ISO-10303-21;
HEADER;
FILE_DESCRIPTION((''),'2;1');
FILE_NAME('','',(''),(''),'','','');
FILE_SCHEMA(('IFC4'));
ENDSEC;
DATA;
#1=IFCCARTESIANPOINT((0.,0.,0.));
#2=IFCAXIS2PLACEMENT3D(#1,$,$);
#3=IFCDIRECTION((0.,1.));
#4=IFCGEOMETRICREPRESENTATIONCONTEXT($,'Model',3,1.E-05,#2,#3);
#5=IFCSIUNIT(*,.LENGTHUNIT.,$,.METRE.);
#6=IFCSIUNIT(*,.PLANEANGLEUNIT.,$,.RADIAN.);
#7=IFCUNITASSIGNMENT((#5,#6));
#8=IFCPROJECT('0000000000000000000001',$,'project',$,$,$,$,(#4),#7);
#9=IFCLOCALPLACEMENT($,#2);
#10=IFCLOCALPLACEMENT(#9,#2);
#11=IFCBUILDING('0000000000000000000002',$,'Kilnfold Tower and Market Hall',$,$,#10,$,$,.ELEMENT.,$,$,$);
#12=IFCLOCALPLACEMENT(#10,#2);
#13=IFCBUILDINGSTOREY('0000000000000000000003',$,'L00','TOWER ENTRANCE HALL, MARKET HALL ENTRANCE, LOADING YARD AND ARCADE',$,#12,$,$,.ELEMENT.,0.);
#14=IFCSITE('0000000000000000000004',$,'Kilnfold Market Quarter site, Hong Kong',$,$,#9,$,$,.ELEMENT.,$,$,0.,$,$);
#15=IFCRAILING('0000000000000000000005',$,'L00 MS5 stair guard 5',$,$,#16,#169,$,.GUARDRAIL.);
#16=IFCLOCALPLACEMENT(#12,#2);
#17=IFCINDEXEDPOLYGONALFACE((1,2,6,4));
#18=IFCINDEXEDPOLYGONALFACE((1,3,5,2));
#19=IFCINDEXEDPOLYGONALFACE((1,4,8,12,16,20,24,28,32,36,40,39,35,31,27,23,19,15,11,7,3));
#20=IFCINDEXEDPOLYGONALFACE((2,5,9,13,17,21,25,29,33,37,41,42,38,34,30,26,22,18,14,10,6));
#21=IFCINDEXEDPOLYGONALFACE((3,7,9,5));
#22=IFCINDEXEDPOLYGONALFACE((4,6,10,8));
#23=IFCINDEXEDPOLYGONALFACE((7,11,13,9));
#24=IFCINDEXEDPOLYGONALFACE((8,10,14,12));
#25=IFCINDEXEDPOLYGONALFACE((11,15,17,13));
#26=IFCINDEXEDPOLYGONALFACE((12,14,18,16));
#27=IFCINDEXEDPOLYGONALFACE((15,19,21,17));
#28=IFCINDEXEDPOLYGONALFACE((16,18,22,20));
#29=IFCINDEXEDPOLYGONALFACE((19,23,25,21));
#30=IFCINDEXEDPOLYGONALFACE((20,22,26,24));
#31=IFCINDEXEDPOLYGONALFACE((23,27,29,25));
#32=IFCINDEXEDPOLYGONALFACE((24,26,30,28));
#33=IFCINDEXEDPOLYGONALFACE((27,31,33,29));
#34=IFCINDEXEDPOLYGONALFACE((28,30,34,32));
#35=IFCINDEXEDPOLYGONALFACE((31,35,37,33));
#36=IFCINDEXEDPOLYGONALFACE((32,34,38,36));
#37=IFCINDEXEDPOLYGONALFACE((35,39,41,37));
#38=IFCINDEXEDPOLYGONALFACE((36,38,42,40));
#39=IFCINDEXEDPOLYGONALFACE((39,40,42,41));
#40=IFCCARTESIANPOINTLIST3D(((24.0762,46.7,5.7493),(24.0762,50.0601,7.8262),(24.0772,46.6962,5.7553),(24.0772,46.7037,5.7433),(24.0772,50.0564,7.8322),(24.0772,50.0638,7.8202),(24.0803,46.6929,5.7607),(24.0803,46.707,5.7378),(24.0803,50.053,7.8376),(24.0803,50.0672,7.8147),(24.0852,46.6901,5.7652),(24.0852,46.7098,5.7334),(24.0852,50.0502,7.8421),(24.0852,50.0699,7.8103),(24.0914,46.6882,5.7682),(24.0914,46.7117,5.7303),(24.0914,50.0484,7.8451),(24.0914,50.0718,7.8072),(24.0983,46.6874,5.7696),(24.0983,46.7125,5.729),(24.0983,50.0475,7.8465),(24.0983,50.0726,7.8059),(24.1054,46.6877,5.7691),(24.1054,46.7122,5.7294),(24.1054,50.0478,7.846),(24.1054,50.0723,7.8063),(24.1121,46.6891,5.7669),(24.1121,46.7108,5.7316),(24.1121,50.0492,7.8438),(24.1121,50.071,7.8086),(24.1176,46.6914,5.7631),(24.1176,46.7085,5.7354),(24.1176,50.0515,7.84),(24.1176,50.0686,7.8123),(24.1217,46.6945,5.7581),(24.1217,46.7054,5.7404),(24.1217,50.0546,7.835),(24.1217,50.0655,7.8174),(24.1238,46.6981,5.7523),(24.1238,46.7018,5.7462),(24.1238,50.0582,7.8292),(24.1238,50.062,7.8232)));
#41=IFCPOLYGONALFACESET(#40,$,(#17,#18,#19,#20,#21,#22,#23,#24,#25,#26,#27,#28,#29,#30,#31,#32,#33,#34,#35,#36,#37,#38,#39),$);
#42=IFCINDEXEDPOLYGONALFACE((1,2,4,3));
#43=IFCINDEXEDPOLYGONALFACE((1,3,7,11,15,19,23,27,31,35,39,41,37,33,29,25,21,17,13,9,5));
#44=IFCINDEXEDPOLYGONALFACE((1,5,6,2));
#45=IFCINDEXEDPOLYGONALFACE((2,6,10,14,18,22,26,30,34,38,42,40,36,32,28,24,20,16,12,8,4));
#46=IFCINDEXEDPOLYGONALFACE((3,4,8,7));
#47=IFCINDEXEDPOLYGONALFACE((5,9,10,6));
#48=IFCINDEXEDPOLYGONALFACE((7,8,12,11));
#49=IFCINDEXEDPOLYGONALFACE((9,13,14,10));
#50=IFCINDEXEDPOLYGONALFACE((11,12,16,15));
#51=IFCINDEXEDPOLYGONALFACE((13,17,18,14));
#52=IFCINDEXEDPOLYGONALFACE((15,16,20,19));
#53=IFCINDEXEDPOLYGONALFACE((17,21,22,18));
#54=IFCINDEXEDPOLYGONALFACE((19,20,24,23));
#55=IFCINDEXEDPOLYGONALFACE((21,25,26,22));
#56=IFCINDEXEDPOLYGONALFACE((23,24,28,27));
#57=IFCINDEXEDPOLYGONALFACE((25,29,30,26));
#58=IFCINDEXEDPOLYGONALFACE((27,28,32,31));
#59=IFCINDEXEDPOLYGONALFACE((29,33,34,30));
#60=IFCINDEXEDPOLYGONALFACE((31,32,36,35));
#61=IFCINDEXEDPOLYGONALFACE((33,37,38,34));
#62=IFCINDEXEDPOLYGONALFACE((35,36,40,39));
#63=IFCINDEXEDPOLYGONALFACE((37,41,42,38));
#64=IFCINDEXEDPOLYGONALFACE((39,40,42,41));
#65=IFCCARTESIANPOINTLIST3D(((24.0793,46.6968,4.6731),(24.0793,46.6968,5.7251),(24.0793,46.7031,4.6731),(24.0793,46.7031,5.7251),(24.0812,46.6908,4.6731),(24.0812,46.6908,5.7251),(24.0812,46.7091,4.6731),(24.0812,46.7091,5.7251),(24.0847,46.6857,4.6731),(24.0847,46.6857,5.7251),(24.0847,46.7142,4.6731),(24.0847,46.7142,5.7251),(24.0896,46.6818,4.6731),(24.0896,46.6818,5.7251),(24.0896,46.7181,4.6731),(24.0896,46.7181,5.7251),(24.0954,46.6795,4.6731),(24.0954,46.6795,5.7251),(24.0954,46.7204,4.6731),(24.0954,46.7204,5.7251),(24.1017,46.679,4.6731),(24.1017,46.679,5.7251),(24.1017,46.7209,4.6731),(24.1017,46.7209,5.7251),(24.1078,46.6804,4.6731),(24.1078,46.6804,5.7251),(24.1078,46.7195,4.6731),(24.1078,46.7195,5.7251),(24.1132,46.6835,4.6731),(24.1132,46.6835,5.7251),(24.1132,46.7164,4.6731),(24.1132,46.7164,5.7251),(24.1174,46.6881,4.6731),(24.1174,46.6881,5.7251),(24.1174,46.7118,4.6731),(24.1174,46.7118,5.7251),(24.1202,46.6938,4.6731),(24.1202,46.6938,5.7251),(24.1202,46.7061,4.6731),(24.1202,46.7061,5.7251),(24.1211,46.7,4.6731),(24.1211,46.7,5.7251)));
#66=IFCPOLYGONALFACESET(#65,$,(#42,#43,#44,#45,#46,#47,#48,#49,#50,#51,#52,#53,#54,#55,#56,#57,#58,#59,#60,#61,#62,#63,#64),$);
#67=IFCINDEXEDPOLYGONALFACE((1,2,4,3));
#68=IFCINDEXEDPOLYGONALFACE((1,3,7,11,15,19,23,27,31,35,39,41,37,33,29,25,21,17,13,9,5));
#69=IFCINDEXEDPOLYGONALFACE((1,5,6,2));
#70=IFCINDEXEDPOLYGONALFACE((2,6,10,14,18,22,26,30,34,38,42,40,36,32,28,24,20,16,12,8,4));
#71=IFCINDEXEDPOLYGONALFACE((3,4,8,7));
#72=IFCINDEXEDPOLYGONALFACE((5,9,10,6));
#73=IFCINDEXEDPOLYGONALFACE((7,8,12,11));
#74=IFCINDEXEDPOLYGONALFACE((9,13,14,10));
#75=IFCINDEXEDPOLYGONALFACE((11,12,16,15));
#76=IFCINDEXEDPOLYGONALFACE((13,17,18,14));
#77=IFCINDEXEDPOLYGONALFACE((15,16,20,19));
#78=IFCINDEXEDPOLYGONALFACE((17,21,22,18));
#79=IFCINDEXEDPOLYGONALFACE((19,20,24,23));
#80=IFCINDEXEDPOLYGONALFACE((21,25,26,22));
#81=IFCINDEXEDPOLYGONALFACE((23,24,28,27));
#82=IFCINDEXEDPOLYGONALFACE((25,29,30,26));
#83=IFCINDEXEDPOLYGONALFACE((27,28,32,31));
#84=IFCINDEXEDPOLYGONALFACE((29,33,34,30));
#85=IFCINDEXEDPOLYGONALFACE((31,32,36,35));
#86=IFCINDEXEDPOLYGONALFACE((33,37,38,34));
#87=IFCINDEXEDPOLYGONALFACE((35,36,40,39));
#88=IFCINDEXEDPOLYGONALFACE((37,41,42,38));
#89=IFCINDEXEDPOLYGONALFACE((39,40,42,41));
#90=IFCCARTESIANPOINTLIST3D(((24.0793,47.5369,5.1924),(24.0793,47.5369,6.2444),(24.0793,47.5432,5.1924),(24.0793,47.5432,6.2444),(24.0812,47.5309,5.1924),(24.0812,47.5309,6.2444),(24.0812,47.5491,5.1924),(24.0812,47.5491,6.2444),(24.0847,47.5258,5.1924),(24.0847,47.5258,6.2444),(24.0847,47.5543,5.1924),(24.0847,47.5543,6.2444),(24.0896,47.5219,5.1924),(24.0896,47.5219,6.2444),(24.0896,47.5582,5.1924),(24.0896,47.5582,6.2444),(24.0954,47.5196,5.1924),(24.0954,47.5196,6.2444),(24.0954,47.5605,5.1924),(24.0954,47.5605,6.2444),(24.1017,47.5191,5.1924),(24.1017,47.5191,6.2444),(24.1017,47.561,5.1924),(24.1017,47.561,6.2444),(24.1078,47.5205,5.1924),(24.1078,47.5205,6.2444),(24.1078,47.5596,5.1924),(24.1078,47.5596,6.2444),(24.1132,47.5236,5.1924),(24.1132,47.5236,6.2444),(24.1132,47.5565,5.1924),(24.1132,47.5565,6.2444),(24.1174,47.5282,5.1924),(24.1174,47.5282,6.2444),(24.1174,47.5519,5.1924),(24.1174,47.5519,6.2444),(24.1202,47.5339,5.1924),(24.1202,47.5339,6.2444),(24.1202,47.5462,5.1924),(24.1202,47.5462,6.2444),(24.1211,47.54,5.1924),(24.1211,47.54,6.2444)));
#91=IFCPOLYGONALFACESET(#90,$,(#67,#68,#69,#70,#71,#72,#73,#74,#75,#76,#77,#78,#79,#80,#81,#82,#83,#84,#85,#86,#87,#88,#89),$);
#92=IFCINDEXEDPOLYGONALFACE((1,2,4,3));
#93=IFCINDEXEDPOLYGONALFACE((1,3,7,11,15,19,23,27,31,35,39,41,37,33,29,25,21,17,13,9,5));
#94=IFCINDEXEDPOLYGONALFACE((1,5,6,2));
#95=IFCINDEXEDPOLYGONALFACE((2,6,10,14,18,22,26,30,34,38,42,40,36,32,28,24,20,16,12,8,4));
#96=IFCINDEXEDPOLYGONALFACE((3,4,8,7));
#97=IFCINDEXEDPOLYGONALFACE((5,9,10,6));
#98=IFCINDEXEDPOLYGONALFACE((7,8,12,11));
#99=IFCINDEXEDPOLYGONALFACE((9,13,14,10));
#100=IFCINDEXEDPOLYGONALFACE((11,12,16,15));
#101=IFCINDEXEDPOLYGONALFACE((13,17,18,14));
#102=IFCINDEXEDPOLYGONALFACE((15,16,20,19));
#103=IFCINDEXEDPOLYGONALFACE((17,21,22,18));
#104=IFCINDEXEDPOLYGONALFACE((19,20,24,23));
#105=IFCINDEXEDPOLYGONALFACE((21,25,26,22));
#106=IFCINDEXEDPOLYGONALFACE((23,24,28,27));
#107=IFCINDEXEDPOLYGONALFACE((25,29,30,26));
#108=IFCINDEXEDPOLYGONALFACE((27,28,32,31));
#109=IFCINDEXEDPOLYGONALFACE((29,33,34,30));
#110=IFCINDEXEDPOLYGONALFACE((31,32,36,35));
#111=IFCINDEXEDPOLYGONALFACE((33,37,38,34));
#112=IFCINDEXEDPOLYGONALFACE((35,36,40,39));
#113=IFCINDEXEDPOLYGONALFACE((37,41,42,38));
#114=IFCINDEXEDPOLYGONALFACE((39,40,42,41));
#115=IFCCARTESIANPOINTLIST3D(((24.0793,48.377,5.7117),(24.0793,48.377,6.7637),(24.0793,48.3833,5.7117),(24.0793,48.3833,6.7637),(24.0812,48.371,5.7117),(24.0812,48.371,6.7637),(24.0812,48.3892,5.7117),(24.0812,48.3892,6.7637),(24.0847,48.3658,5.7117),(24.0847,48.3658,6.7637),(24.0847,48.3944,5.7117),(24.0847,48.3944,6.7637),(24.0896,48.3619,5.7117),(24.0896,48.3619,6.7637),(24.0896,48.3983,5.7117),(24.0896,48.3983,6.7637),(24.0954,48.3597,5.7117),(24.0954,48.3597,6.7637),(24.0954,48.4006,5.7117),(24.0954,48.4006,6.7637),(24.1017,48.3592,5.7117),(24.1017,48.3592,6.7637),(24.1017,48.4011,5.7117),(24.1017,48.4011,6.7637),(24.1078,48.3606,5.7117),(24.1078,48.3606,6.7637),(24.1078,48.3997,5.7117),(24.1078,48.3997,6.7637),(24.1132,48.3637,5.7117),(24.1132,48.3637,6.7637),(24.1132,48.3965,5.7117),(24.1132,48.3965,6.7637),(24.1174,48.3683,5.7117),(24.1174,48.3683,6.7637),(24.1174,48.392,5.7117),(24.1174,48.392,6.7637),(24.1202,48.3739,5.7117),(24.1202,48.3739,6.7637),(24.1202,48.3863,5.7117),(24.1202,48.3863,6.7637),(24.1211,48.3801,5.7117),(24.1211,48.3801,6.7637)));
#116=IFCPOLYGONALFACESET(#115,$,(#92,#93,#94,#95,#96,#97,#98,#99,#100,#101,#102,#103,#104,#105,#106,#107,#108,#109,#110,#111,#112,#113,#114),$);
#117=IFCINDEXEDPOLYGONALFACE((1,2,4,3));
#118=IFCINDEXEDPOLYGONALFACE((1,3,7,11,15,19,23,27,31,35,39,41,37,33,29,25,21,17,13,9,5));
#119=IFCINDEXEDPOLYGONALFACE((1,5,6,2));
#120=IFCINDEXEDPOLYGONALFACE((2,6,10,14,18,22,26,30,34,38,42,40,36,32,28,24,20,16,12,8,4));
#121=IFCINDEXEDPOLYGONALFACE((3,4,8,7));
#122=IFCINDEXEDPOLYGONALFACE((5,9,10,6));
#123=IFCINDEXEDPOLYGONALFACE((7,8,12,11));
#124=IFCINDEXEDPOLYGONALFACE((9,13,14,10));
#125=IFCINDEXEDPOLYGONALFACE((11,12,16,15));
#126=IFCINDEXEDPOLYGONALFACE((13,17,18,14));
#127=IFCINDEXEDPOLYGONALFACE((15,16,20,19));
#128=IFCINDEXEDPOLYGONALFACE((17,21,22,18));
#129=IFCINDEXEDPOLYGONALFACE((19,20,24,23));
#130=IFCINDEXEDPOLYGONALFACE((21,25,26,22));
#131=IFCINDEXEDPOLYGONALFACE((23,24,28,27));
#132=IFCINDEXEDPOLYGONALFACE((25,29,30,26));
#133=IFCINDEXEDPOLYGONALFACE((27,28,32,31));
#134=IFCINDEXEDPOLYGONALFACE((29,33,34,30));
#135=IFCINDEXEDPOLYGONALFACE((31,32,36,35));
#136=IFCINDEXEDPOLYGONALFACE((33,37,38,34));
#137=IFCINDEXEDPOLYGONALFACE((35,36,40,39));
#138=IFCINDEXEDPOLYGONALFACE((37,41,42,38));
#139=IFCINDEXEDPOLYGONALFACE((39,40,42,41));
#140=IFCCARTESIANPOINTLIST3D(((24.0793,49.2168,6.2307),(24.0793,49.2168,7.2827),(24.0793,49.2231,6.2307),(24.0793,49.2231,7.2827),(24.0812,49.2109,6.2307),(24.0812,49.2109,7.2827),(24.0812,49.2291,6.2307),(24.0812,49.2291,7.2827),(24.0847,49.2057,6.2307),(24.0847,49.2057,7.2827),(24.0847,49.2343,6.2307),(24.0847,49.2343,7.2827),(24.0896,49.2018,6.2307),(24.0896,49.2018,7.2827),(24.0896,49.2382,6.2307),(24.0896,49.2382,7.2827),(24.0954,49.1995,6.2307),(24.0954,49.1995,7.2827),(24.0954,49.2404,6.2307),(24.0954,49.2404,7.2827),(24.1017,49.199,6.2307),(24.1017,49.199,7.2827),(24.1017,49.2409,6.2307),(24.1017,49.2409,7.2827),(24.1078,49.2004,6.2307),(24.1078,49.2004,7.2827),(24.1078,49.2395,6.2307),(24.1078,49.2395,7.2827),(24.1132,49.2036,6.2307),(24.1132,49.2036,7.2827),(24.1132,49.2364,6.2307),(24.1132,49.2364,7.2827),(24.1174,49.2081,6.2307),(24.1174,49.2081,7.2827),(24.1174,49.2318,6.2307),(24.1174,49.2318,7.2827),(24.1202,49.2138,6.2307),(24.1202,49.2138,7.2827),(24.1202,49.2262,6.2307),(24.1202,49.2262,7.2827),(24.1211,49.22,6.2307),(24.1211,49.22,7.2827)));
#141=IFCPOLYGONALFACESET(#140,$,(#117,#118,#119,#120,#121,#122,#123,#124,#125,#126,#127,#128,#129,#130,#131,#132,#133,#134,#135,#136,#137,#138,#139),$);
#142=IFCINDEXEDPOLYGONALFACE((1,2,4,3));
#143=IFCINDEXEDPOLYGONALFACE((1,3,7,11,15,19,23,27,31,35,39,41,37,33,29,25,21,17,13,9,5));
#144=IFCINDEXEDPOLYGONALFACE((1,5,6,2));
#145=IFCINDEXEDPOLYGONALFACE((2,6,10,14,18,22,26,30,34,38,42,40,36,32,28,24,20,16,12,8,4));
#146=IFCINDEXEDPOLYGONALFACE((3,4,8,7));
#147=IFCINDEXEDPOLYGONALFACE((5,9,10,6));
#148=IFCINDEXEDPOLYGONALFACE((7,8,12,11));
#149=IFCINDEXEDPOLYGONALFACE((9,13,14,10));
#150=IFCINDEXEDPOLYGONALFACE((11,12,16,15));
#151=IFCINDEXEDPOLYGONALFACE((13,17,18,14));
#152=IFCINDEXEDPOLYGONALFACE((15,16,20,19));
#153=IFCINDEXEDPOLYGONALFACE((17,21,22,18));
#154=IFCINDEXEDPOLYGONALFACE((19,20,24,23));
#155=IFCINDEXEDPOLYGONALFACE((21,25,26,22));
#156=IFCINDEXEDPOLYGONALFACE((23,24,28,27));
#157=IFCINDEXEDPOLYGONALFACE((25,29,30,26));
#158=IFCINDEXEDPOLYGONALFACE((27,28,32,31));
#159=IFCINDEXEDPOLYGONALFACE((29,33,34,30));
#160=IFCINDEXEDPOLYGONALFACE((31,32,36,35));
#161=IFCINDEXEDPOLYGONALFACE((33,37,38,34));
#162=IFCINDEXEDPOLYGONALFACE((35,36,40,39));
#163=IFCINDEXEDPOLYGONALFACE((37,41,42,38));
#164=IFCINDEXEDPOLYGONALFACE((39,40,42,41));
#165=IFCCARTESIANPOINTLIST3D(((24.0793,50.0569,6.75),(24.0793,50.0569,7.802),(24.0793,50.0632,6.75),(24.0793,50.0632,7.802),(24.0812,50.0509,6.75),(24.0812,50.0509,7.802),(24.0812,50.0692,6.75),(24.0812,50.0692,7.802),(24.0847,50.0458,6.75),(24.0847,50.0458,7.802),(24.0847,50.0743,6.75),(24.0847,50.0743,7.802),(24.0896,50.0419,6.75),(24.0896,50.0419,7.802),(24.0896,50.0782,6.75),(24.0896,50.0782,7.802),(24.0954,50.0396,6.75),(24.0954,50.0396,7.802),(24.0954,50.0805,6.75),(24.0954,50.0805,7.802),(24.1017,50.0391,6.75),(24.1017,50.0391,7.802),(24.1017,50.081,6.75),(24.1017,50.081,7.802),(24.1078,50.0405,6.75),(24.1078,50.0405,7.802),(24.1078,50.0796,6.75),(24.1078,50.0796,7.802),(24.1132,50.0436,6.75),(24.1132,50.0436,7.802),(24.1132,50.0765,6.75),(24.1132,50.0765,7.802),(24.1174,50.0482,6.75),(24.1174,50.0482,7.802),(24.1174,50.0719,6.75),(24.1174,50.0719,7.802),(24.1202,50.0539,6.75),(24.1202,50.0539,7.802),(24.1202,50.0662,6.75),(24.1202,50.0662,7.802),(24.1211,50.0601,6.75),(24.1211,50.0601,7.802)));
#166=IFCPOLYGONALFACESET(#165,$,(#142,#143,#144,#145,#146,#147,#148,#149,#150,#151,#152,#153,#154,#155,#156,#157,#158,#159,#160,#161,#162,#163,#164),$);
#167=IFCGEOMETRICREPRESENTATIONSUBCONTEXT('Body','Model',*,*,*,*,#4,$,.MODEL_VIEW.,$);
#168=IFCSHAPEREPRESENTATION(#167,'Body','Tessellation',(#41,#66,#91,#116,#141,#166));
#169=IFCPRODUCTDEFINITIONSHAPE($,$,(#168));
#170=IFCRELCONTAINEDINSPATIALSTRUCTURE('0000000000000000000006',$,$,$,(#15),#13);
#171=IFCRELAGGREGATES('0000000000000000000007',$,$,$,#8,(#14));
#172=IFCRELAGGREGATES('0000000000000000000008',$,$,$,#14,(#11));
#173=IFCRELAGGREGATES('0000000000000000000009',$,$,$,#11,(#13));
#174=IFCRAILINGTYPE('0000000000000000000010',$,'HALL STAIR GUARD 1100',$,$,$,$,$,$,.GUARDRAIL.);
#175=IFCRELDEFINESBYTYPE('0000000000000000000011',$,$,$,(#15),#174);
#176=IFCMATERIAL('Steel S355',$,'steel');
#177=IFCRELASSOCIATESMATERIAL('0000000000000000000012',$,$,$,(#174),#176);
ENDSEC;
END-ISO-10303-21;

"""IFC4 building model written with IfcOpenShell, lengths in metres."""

from ifc_helpers import new_model, si_unit, direction, frame, origin, origin_2d, place, context, subcontext, project, spatial, circle, extrude, material, type_object, element, save


model = new_model("IFC4")

# Units and contexts
model_context = context("Model", 3, precision=1e-05, world=origin(), true_north=direction((0.0, 1.0)))
body_context = subcontext(model_context, "Body", "Model", "MODEL_VIEW")
ifc_project = project(units=[si_unit("LENGTHUNIT", "METRE"), si_unit("PLANEANGLEUNIT", "RADIAN")], contexts=[model_context])

# Site, building, storey
site_placement = place(None, origin())
site = spatial("IfcSite", under=ifc_project, at=site_placement, Name="Kilnfold Market Quarter site, Hong Kong", CompositionType="ELEMENT", RefElevation=0.0)
building_placement = place(site_placement, origin())
building = spatial("IfcBuilding", under=site, at=building_placement, Name="Kilnfold Tower and Market Hall", CompositionType="ELEMENT")
storey_placement = place(building_placement, origin())
storey = spatial("IfcBuildingStorey", under=building, at=storey_placement, Name="L00", Description="TOWER ENTRANCE HALL, MARKET HALL ENTRANCE, LOADING YARD AND ARCADE", CompositionType="ELEMENT", Elevation=0.0)

# Railing
ifc_material_1 = material(Name="Steel S355", Category="steel")
railing_type_1 = type_object("IfcRailingType", Name="HALL STAIR GUARD 1100", PredefinedType="GUARDRAIL", material=ifc_material_1)
railing_1_placement = place(storey_placement, frame((24.1001, 46.7, 4.6731)))
element("IfcRailing", 1, at=railing_1_placement, inside=storey, type_object=railing_type_1, Name="L00 MS5 stair guard 5", PredefinedType="GUARDRAIL", context=body_context, shape_type="SweptSolid", body=[
    extrude(circle(Radius=0.0239, at=origin_2d()), frame((0.0, 0.0, 1.0762), z_axis=(0.0, 0.850623, 0.525776), x_axis=(-1.0, 0.0, 0.0)), (0.0, 0.0, 1.0), 3.9502),
    extrude(circle(Radius=0.021, at=origin_2d()), origin(), (0.0, 0.0, 1.0), 1.052),
    extrude(circle(Radius=0.021, at=origin_2d()), frame((0.0, 0.8401, 0.5193)), (0.0, 0.0, 1.0), 1.052),
    extrude(circle(Radius=0.021, at=origin_2d()), frame((0.0, 1.6802, 1.0386)), (0.0, 0.0, 1.0), 1.052),
    extrude(circle(Radius=0.021, at=origin_2d()), frame((0.0, 2.52, 1.5576)), (0.0, 0.0, 1.0), 1.052),
    extrude(circle(Radius=0.021, at=origin_2d()), frame((0.0, 3.3601, 2.0769)), (0.0, 0.0, 1.0), 1.052),
])

save(model, "model.ifc")
